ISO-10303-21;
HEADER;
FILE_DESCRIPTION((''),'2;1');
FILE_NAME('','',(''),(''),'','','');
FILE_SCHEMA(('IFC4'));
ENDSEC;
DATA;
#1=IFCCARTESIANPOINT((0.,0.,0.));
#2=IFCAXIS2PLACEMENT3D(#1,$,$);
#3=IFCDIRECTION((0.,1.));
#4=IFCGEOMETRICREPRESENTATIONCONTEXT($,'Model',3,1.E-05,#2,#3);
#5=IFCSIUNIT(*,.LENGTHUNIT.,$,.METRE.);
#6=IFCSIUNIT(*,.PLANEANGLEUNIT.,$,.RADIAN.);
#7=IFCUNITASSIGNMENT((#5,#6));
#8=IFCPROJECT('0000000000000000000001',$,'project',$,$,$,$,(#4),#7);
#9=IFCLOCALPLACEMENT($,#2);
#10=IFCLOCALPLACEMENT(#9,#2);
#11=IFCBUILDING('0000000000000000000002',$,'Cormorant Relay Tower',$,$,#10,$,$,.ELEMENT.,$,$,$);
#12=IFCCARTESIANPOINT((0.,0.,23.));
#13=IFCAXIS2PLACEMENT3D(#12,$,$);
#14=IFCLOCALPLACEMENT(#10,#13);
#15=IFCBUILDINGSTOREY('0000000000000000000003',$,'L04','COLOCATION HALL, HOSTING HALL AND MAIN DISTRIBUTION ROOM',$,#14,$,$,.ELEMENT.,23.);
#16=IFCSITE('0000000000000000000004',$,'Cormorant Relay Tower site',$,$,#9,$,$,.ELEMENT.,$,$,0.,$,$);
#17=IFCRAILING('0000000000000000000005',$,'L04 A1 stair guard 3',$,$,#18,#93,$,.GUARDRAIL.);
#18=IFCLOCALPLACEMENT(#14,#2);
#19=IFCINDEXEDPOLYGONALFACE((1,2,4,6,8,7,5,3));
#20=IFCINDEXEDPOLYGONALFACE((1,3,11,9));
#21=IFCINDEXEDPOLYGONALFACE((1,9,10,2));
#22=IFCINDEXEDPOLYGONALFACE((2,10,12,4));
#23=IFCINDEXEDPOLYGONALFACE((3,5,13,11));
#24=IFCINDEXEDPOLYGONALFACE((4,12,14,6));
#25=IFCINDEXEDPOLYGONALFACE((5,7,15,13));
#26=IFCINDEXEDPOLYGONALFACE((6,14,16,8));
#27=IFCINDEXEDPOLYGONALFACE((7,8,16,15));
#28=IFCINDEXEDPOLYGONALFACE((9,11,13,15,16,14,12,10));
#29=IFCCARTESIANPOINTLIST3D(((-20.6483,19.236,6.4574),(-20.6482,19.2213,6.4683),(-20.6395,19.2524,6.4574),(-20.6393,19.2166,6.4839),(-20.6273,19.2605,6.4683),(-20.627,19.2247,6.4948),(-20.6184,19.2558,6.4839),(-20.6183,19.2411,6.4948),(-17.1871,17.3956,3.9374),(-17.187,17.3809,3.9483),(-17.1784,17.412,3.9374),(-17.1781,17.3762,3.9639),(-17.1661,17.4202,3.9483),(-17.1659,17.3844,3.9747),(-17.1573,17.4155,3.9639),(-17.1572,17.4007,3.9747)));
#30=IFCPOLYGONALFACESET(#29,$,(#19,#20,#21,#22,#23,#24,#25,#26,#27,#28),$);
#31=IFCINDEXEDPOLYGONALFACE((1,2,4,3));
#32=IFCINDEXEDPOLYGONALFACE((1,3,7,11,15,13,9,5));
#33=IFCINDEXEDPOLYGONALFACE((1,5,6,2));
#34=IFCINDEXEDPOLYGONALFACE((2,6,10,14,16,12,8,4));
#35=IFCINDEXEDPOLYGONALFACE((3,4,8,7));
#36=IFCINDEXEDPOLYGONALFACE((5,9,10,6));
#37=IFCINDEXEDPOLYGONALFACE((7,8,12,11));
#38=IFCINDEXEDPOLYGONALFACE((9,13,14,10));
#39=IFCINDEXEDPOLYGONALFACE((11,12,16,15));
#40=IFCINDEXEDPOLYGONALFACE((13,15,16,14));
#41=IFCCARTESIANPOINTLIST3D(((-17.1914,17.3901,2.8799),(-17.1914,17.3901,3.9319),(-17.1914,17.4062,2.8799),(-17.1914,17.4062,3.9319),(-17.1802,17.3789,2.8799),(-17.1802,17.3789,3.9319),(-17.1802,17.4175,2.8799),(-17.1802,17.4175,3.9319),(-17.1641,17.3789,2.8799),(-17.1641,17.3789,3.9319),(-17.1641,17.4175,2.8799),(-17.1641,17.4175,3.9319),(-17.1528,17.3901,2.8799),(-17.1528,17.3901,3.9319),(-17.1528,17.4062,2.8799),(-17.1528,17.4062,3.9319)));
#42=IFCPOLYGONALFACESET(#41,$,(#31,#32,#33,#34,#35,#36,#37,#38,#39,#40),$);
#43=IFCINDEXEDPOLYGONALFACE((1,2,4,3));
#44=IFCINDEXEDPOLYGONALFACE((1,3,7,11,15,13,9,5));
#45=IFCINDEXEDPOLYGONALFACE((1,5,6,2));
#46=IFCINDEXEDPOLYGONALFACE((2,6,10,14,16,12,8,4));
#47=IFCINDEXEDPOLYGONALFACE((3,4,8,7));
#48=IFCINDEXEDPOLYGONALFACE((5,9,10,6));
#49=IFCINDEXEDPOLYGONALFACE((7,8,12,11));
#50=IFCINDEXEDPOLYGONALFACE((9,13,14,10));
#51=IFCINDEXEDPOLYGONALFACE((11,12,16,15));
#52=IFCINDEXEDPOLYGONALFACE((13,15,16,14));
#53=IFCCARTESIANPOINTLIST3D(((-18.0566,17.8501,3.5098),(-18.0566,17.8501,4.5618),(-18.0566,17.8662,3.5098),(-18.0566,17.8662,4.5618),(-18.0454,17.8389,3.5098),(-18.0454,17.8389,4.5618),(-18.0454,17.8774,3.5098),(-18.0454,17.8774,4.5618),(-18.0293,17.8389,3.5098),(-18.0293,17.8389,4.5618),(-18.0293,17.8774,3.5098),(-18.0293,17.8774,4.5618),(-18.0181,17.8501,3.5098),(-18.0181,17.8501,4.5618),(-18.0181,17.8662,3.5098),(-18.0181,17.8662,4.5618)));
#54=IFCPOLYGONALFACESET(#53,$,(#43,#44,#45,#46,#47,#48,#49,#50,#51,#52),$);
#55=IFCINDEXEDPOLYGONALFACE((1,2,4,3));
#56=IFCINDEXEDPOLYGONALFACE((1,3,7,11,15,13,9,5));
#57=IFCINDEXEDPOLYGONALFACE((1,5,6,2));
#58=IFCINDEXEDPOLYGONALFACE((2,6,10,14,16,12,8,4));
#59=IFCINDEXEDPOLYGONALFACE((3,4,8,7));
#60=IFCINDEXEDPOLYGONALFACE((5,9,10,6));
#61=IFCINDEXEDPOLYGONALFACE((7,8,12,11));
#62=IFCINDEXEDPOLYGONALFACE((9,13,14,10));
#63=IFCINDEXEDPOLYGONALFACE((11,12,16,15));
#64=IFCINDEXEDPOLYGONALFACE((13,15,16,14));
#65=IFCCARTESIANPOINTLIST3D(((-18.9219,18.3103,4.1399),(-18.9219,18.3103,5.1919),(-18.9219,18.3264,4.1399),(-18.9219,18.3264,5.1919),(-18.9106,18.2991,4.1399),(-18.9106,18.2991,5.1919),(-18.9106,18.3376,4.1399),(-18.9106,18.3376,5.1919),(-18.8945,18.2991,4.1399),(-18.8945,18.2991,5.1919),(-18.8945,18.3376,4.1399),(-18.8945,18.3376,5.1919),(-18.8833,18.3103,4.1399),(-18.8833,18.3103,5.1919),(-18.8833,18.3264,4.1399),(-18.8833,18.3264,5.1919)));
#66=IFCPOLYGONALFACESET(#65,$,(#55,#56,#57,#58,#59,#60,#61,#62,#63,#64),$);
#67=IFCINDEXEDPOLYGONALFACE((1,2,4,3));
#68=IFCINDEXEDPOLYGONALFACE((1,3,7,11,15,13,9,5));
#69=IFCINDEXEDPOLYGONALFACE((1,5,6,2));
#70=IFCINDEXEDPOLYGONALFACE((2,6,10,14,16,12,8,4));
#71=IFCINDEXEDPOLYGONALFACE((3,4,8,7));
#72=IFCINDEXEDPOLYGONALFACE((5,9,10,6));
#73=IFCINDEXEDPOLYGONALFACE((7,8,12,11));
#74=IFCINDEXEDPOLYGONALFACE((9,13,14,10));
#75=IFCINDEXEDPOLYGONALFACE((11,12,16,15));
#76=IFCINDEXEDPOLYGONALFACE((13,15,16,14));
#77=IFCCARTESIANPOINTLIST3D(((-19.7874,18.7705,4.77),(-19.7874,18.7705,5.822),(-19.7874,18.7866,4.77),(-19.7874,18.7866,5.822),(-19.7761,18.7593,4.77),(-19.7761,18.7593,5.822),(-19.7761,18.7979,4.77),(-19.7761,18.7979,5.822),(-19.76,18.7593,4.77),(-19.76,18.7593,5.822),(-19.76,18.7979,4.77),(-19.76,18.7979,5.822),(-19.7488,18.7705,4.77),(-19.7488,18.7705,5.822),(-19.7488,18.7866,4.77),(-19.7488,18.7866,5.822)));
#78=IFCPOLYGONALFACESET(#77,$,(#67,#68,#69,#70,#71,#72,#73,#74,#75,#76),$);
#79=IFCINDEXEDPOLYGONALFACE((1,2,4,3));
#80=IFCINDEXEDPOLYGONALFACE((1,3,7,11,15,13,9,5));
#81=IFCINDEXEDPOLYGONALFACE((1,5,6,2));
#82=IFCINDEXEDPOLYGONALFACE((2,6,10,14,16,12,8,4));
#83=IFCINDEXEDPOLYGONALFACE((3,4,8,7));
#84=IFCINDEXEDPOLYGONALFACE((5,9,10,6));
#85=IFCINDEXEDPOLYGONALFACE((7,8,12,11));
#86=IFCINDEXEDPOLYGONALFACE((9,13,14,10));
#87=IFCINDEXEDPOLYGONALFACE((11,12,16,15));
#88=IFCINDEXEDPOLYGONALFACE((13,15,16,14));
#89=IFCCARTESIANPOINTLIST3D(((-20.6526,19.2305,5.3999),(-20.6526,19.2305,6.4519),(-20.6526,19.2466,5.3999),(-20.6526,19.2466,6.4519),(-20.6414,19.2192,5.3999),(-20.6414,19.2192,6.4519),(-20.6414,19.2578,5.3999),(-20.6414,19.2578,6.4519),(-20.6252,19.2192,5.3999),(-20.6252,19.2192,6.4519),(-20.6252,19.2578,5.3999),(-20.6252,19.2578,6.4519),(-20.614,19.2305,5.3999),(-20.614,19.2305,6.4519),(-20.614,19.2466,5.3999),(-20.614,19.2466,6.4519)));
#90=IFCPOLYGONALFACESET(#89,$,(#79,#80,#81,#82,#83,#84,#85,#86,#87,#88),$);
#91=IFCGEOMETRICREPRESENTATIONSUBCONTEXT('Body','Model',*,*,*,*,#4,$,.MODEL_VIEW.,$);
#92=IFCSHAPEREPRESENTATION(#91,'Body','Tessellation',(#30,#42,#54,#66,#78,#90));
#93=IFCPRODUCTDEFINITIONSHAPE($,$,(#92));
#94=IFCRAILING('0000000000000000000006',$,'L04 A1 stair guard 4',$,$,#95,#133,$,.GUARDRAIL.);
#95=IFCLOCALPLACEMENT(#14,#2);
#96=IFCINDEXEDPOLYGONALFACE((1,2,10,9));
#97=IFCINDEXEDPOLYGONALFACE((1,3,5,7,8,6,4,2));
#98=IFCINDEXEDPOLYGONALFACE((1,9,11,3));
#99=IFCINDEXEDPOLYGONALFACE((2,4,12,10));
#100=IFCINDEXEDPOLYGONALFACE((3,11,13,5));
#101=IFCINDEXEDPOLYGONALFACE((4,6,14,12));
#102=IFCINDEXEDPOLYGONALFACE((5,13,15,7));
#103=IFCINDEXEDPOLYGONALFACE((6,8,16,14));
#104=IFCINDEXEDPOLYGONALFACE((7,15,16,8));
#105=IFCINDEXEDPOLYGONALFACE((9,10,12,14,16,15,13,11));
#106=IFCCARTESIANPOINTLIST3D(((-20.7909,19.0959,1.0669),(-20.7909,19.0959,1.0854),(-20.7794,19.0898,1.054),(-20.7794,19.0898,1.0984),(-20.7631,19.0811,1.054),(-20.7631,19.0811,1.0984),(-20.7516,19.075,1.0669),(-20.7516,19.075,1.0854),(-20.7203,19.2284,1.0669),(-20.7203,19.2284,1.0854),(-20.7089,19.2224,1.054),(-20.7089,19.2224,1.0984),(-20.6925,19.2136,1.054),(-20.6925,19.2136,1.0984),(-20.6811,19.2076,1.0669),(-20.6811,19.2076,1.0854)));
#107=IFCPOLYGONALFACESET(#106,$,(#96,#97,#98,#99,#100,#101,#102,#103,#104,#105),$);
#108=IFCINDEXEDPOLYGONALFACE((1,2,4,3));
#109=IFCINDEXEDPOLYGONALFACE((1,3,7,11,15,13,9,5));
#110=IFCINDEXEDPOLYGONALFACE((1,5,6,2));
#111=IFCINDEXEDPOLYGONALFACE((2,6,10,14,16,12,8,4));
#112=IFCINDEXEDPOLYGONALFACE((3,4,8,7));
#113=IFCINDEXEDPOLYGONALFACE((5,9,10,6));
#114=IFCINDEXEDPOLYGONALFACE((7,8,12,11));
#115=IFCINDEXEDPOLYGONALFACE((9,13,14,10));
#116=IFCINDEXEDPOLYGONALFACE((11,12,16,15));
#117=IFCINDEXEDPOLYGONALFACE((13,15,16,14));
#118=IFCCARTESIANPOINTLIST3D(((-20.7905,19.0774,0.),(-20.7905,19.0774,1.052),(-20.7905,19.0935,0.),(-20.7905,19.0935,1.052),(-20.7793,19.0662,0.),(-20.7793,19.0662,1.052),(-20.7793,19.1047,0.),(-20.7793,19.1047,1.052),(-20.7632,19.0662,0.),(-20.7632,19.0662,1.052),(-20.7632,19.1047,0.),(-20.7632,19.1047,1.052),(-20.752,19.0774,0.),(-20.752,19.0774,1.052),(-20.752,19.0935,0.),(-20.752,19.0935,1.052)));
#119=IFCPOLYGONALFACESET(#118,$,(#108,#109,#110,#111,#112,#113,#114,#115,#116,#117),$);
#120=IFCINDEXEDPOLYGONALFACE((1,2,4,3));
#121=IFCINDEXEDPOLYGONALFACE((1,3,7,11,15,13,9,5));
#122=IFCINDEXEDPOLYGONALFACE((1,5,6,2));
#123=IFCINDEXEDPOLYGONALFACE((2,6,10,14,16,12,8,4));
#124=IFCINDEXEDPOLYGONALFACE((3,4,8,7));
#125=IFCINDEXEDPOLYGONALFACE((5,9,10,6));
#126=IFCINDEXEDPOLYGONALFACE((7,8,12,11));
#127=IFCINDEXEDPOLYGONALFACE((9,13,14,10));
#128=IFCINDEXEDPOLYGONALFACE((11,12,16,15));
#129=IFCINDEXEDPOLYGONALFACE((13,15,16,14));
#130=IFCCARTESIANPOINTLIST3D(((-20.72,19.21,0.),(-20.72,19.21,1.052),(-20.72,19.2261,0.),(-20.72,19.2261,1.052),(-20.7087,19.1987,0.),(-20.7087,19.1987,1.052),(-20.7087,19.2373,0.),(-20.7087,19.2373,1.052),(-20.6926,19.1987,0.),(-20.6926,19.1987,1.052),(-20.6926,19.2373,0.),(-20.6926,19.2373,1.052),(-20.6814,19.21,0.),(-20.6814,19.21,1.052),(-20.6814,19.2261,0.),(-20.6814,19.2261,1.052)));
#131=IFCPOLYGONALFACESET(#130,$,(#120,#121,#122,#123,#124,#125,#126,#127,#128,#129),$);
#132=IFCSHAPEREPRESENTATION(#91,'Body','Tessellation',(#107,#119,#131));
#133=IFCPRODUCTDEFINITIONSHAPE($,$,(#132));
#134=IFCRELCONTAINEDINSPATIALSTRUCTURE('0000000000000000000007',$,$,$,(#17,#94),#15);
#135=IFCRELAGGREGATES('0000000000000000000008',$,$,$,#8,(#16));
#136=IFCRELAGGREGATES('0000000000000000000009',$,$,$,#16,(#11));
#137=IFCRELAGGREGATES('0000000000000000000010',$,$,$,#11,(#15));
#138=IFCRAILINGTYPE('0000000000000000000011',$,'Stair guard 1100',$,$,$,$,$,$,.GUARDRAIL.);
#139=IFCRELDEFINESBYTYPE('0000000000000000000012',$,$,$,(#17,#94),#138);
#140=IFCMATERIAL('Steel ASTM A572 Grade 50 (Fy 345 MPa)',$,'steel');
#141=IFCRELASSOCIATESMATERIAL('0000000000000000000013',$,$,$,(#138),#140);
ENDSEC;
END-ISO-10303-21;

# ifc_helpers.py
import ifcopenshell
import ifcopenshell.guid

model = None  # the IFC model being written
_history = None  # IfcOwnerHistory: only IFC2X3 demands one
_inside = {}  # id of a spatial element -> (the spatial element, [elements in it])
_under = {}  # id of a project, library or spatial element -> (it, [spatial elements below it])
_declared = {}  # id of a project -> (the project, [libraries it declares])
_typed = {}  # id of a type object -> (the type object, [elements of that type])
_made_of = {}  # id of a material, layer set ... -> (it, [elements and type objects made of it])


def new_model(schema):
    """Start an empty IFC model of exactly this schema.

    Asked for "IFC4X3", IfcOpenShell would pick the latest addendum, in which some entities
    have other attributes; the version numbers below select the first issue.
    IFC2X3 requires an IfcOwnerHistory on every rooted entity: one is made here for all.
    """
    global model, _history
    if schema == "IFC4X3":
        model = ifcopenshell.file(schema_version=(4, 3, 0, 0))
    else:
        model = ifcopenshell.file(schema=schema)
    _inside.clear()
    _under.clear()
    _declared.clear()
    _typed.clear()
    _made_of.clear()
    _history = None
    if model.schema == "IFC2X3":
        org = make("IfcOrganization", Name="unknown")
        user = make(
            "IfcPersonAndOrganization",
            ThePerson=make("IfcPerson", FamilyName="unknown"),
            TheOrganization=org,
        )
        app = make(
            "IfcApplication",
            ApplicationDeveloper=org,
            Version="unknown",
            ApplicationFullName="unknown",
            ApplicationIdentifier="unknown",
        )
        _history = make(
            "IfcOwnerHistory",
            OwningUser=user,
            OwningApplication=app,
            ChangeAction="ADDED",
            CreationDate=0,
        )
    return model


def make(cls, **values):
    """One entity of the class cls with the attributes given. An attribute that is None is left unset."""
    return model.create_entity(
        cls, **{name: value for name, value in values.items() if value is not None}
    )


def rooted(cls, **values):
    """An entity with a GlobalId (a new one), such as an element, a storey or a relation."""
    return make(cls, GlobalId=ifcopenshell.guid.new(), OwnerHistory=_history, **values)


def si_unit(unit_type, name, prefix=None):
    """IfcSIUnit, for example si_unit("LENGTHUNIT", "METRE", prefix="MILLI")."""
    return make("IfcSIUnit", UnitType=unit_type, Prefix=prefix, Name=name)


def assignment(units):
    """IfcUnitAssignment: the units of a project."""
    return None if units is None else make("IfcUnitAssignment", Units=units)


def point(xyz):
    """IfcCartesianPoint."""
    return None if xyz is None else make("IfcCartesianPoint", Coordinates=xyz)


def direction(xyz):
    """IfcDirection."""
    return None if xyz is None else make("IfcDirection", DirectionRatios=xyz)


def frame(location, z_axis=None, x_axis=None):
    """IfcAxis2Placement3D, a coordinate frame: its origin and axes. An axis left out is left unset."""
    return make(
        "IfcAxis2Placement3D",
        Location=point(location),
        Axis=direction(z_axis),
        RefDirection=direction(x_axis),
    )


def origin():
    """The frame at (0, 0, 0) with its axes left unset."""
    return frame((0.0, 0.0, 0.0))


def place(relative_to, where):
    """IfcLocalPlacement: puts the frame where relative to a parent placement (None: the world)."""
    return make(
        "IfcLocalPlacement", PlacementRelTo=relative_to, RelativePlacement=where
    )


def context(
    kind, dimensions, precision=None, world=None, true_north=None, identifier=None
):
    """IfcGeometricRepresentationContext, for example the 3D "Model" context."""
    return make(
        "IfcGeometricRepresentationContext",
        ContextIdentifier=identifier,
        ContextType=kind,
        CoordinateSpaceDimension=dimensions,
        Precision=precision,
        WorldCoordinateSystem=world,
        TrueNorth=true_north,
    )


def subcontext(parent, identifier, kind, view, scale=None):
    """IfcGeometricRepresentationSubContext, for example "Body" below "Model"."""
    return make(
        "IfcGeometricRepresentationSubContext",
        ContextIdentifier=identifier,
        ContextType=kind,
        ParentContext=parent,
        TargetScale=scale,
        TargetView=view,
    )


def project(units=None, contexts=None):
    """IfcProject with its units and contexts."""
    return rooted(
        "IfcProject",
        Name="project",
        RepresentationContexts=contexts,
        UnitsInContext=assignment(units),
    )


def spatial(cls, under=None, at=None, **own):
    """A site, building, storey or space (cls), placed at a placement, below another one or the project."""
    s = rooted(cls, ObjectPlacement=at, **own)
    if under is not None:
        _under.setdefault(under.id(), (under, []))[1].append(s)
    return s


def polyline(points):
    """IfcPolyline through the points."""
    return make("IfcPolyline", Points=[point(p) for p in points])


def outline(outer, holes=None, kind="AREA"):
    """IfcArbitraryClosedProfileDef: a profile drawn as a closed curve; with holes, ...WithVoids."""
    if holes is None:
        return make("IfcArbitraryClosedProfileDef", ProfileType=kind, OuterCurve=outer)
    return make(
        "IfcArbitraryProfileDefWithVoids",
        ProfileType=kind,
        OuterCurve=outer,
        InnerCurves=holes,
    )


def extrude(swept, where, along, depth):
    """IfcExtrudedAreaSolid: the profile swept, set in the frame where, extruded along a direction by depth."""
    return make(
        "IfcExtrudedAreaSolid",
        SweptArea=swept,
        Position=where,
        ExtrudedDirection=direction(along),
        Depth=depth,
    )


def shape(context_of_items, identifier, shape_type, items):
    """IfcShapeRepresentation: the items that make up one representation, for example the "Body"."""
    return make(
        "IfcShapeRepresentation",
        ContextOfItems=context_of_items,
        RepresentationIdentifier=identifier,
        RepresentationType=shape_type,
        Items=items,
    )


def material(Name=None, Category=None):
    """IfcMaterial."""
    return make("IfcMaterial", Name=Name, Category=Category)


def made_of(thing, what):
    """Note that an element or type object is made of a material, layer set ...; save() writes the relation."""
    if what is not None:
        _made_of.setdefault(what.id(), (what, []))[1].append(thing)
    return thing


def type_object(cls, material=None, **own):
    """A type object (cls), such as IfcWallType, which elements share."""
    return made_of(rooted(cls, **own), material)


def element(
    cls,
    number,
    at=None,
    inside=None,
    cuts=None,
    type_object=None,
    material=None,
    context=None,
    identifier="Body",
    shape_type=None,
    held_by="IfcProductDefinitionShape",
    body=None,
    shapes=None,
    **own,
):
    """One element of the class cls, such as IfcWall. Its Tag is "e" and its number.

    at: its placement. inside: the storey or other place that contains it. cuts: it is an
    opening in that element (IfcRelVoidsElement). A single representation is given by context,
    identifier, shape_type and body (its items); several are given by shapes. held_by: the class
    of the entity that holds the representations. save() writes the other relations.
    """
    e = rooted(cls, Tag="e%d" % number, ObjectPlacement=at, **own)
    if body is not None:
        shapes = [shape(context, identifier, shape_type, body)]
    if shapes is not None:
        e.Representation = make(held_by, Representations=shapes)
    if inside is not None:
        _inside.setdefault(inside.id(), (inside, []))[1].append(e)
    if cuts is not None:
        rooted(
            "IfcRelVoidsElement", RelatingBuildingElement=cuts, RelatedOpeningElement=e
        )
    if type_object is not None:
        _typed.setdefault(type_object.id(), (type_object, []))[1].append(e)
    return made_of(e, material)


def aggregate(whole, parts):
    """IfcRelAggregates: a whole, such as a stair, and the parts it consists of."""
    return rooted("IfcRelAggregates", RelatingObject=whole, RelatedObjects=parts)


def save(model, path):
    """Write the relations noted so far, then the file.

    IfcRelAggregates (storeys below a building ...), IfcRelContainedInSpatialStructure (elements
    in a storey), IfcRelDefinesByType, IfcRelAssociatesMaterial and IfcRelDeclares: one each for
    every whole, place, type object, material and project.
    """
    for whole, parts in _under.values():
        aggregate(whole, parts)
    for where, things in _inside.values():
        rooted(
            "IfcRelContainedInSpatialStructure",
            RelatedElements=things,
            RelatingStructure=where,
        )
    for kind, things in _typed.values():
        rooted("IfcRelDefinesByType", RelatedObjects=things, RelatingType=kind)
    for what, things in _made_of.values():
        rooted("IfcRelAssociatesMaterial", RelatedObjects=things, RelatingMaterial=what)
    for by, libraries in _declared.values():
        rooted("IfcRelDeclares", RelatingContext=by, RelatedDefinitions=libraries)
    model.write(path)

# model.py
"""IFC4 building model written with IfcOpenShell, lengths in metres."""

from ifc_helpers import new_model, si_unit, direction, frame, origin, place, context, subcontext, project, spatial, polyline, outline, extrude, material, type_object, element, save


model = new_model("IFC4")

# Units and contexts
model_context = context("Model", 3, precision=1e-05, world=origin(), true_north=direction((0.0, 1.0)))
body_context = subcontext(model_context, "Body", "Model", "MODEL_VIEW")
ifc_project = project(units=[si_unit("LENGTHUNIT", "METRE"), si_unit("PLANEANGLEUNIT", "RADIAN")], contexts=[model_context])

# Site, building, storey
site_placement = place(None, origin())
site = spatial("IfcSite", under=ifc_project, at=site_placement, Name="Cormorant Relay Tower site", CompositionType="ELEMENT", RefElevation=0.0)
building_placement = place(site_placement, origin())
building = spatial("IfcBuilding", under=site, at=building_placement, Name="Cormorant Relay Tower", CompositionType="ELEMENT")
storey_placement = place(building_placement, frame((0.0, 0.0, 23.0)))
storey = spatial("IfcBuildingStorey", under=building, at=storey_placement, Name="L04", Description="COLOCATION HALL, HOSTING HALL AND MAIN DISTRIBUTION ROOM", CompositionType="ELEMENT", Elevation=23.0)

# Railings
ifc_material_1 = material(Name="Steel ASTM A572 Grade 50 (Fy 345 MPa)", Category="steel")
railing_type_1 = type_object("IfcRailingType", Name="Stair guard 1100", PredefinedType="GUARDRAIL", material=ifc_material_1)
railing_1_placement = place(storey_placement, frame((-17.1721, 17.3982, 2.8799)))
element("IfcRailing", 1, at=railing_1_placement, inside=storey, type_object=railing_type_1, Name="L04 A1 stair guard 3", PredefinedType="GUARDRAIL", context=body_context, shape_type="SweptSolid", body=[
    extrude(outline(polyline([(0.0222, 0.0093), (0.0093, 0.0222), (-0.0093, 0.0222), (-0.0222, 0.0093), (-0.0222, -0.0093), (-0.0093, -0.0222), (0.0093, -0.0222), (0.0222, -0.0093), (0.0222, 0.0093)])), frame((0.0, 0.0, 1.0762), z_axis=(-0.742717, 0.394907, 0.540758), x_axis=(-0.469469, -0.882949, 0.0)), (0.0, 0.0, 1.0), 4.6602),
    extrude(outline(polyline([(0.0193, 0.0081), (0.0081, 0.0193), (-0.0081, 0.0193), (-0.0193, 0.0081), (-0.0193, -0.0081), (-0.0081, -0.0193), (0.0081, -0.0193), (0.0193, -0.0081), (0.0193, 0.0081)])), origin(), (0.0, 0.0, 1.0), 1.052),
    extrude(outline(polyline([(0.0193, 0.0081), (0.0081, 0.0193), (-0.0081, 0.0193), (-0.0193, 0.0081), (-0.0193, -0.0081), (-0.0081, -0.0193), (0.0081, -0.0193), (0.0193, -0.0081), (0.0193, 0.0081)])), frame((-0.8652, 0.46, 0.6299)), (0.0, 0.0, 1.0), 1.052),
    extrude(outline(polyline([(0.0193, 0.0081), (0.0081, 0.0193), (-0.0081, 0.0193), (-0.0193, 0.0081), (-0.0193, -0.0081), (-0.0081, -0.0193), (0.0081, -0.0193), (0.0193, -0.0081), (0.0193, 0.0081)])), frame((-1.7305, 0.9202, 1.26)), (0.0, 0.0, 1.0), 1.052),
    extrude(outline(polyline([(0.0193, 0.0081), (0.0081, 0.0193), (-0.0081, 0.0193), (-0.0193, 0.0081), (-0.0193, -0.0081), (-0.0081, -0.0193), (0.0081, -0.0193), (0.0193, -0.0081), (0.0193, 0.0081)])), frame((-2.5959, 1.3804, 1.8901)), (0.0, 0.0, 1.0), 1.052),
    extrude(outline(polyline([(0.0193, 0.0081), (0.0081, 0.0193), (-0.0081, 0.0193), (-0.0193, 0.0081), (-0.0193, -0.0081), (-0.0081, -0.0193), (0.0081, -0.0193), (0.0193, -0.0081), (0.0193, 0.0081)])), frame((-3.4612, 1.8403, 2.52)), (0.0, 0.0, 1.0), 1.052),
])
railing_2_placement = place(storey_placement, frame((-20.7712, 19.0854, 0.0)))
element("IfcRailing", 2, at=railing_2_placement, inside=storey, type_object=railing_type_1, Name="L04 A1 stair guard 4", PredefinedType="GUARDRAIL", context=body_context, shape_type="SweptSolid", body=[
    extrude(outline(polyline([(0.0222, 0.0093), (0.0093, 0.0222), (-0.0093, 0.0222), (-0.0222, 0.0093), (-0.0222, -0.0093), (-0.0093, -0.0222), (0.0093, -0.0222), (0.0222, -0.0093), (0.0222, 0.0093)])), frame((0.0, 0.0, 1.0762), z_axis=(0.469829, 0.882758, 0.0), x_axis=(-0.882758, 0.469829, 0.0)), (0.0, 0.0, 1.0), 0.1501),
    extrude(outline(polyline([(0.0193, 0.0081), (0.0081, 0.0193), (-0.0081, 0.0193), (-0.0193, 0.0081), (-0.0193, -0.0081), (-0.0081, -0.0193), (0.0081, -0.0193), (0.0193, -0.0081), (0.0193, 0.0081)])), origin(), (0.0, 0.0, 1.0), 1.052),
    extrude(outline(polyline([(0.0193, 0.0081), (0.0081, 0.0193), (-0.0081, 0.0193), (-0.0193, 0.0081), (-0.0193, -0.0081), (-0.0081, -0.0193), (0.0081, -0.0193), (0.0193, -0.0081), (0.0193, 0.0081)])), frame((0.0706, 0.1326, 0.0)), (0.0, 0.0, 1.0), 1.052),
])

save(model, "model.ifc")
